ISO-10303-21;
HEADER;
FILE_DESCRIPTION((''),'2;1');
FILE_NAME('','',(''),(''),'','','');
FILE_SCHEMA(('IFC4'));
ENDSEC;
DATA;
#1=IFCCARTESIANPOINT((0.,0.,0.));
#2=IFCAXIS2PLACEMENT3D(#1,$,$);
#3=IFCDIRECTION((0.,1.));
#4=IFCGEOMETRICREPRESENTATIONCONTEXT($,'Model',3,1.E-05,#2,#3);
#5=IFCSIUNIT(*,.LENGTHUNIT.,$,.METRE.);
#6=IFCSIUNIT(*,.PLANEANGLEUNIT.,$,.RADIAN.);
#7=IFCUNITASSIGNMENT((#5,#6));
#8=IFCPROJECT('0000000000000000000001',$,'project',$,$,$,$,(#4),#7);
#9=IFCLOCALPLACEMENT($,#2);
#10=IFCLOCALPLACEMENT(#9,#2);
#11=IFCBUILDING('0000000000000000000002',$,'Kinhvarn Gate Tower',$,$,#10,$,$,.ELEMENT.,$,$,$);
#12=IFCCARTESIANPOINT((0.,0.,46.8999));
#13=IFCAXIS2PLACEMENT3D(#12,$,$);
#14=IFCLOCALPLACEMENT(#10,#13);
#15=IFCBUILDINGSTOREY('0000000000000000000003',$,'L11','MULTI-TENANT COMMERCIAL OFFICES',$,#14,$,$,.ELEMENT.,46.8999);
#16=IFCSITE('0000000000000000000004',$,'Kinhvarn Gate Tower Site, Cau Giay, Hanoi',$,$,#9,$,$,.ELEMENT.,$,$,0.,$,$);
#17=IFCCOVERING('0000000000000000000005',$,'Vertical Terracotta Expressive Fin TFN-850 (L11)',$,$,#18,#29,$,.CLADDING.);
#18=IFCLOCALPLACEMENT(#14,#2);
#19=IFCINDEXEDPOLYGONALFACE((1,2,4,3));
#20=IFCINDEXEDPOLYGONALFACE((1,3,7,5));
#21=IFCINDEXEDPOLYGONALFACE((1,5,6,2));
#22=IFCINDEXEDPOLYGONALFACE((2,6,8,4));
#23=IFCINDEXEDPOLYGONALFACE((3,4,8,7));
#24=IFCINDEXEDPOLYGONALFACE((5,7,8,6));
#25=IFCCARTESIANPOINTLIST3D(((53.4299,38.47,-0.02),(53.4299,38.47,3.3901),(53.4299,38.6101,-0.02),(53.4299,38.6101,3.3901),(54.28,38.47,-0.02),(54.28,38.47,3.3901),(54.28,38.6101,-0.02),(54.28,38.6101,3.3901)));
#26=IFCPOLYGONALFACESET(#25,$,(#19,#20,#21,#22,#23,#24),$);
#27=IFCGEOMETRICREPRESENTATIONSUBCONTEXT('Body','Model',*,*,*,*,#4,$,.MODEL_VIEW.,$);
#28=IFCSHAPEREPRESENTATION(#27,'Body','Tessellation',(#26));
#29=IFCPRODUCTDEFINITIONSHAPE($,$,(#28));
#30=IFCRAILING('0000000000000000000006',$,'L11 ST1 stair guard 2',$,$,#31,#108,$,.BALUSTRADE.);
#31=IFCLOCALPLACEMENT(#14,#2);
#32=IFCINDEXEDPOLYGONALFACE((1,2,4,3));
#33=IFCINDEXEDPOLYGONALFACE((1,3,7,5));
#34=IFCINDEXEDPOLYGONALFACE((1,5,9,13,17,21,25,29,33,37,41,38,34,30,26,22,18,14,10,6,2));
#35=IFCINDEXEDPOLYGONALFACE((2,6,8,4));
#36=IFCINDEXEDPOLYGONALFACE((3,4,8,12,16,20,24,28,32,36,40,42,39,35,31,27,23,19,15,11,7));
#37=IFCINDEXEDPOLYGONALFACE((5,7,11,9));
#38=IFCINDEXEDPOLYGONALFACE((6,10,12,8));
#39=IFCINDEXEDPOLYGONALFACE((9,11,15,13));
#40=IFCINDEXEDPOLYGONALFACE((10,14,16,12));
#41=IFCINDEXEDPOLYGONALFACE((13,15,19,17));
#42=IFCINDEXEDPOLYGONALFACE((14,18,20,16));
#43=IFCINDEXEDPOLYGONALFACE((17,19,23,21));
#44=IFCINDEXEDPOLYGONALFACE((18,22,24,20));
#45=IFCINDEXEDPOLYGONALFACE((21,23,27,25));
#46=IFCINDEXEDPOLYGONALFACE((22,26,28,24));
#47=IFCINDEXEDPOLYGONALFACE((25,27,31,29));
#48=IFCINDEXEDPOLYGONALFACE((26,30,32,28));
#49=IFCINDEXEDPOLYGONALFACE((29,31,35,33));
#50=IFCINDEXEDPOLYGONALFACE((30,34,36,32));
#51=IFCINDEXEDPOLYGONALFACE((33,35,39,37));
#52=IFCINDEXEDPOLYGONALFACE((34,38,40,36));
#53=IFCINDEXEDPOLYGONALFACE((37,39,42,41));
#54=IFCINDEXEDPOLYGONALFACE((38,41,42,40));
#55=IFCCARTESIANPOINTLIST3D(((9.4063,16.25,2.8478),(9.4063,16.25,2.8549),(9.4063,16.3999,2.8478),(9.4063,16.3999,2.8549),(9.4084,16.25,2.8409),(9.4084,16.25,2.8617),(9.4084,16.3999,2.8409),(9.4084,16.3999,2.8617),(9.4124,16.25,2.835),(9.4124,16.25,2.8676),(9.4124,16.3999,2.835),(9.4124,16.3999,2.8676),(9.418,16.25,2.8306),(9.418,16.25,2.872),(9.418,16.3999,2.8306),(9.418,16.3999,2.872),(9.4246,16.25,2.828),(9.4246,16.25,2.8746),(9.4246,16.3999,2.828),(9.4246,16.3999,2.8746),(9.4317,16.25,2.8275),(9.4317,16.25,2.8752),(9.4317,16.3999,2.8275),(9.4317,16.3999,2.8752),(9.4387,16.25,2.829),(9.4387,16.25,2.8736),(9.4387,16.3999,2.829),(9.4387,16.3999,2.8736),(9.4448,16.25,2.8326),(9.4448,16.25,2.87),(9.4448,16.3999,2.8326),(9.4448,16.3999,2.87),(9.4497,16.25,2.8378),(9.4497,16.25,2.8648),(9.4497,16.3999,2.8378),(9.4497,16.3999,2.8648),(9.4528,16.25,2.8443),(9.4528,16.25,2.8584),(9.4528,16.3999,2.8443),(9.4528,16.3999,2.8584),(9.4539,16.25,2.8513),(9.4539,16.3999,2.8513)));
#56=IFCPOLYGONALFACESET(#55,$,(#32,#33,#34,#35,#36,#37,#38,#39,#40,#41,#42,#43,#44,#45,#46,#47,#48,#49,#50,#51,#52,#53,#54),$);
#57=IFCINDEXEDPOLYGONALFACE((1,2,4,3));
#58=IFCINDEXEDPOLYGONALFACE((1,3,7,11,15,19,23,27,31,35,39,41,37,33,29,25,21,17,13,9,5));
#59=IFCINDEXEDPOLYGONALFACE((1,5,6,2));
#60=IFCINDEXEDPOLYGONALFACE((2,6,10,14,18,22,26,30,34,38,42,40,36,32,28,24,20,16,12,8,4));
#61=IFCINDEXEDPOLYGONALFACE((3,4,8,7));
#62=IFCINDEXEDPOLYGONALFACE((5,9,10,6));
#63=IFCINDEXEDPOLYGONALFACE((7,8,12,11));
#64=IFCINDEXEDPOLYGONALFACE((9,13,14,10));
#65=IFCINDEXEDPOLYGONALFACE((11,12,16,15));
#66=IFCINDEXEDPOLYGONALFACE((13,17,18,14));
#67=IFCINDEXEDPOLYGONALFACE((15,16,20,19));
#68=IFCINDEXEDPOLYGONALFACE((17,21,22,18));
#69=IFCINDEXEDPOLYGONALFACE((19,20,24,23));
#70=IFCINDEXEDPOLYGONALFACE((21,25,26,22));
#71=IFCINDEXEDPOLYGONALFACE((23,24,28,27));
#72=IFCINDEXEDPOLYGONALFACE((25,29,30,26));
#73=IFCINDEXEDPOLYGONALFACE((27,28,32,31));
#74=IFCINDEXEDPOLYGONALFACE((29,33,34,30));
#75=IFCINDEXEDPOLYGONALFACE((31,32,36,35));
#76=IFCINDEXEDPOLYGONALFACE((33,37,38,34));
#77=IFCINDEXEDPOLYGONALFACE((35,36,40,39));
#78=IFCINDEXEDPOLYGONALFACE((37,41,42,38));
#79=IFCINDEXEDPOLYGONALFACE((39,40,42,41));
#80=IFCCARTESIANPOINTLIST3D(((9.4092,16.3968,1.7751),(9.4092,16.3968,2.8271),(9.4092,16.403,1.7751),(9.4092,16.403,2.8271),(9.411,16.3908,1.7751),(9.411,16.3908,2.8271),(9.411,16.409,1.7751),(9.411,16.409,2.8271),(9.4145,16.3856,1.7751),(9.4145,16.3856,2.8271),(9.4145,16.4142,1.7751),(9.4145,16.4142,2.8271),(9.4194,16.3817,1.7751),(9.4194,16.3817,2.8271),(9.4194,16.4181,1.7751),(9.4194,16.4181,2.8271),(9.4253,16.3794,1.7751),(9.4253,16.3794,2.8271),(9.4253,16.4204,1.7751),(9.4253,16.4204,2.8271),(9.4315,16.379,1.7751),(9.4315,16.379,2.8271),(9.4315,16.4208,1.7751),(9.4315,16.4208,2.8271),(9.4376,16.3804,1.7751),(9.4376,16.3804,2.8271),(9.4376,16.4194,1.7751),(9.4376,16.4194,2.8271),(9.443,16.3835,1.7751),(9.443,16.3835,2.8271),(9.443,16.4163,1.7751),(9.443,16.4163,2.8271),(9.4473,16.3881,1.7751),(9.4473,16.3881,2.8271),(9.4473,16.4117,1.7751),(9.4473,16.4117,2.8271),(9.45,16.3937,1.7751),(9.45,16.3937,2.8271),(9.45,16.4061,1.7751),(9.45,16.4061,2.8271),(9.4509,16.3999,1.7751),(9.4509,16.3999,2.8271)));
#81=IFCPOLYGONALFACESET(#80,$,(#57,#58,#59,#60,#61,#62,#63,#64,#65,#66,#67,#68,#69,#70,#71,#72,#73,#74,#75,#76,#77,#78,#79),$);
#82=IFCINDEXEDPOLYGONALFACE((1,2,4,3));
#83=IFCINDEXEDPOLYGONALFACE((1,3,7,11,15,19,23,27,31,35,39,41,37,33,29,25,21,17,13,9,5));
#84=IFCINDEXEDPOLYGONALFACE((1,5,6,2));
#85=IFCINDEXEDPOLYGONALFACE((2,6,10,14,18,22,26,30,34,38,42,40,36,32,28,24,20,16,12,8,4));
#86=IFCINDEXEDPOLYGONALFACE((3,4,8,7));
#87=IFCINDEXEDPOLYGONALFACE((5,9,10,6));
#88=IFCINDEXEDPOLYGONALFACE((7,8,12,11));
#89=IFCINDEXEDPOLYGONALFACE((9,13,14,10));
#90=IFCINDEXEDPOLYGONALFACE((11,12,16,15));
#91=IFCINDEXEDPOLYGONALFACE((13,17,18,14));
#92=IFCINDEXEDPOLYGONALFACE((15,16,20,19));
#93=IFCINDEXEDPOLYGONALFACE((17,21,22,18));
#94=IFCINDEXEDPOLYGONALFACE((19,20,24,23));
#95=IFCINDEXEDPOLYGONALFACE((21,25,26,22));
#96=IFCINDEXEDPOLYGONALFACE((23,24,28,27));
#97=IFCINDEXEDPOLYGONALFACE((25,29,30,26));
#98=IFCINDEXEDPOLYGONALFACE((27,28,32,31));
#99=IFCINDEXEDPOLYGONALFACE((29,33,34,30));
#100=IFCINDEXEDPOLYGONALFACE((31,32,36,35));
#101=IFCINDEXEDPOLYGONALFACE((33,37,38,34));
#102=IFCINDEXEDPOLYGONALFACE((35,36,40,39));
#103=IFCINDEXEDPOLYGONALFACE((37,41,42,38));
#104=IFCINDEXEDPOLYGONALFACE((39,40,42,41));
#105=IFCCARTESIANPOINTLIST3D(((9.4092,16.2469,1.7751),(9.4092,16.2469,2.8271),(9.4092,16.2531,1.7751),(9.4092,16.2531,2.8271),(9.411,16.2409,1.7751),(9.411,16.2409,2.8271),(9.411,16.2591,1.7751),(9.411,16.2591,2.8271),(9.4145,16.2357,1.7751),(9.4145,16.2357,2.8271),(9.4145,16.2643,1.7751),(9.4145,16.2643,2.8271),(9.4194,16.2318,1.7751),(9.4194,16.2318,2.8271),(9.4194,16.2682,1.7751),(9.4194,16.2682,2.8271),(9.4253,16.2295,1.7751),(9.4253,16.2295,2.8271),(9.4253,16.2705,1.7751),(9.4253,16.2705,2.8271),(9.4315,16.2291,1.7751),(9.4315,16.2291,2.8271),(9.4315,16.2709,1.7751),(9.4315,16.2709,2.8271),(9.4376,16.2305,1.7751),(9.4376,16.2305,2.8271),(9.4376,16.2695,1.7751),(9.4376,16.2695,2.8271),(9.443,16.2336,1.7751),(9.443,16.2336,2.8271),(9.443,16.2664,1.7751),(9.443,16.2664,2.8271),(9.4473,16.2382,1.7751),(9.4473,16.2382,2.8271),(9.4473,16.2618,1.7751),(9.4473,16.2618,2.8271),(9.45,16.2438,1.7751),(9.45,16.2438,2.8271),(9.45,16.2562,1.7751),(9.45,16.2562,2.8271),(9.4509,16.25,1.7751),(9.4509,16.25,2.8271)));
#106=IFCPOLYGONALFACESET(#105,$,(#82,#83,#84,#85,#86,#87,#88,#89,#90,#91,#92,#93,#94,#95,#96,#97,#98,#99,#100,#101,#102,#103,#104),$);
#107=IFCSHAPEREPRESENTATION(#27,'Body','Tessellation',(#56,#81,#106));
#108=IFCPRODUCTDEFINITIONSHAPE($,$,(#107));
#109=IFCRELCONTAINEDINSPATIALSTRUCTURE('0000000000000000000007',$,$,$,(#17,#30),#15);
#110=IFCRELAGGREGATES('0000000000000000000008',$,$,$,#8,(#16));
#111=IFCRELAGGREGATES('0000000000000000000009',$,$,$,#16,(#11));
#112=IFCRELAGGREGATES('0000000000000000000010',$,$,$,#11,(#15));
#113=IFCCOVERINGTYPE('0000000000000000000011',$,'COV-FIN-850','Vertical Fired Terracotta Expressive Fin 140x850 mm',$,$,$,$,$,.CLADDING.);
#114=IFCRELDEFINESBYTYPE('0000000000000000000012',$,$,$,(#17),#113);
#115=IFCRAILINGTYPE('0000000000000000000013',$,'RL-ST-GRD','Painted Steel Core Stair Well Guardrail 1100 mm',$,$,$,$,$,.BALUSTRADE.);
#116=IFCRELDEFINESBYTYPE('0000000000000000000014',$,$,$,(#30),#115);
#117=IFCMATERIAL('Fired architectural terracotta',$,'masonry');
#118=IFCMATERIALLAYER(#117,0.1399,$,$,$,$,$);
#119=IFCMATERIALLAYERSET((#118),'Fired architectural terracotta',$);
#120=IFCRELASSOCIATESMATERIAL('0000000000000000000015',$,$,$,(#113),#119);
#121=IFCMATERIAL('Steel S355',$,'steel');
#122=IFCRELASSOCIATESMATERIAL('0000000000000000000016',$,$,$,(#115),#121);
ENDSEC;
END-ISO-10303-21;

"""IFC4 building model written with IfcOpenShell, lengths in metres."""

from ifc_helpers import new_model, si_unit, direction, frame, origin, origin_2d, place, context, subcontext, project, spatial, polyline, circle, outline, extrude, material, layer, layer_set, type_object, element, save


model = new_model("IFC4")

# Units and contexts
model_context = context("Model", 3, precision=1e-05, world=origin(), true_north=direction((0.0, 1.0)))
body_context = subcontext(model_context, "Body", "Model", "MODEL_VIEW")
ifc_project = project(units=[si_unit("LENGTHUNIT", "METRE"), si_unit("PLANEANGLEUNIT", "RADIAN")], contexts=[model_context])

# Site, building, storey
site_placement = place(None, origin())
site = spatial("IfcSite", under=ifc_project, at=site_placement, Name="Kinhvarn Gate Tower Site, Cau Giay, Hanoi", CompositionType="ELEMENT", RefElevation=0.0)
building_placement = place(site_placement, origin())
building = spatial("IfcBuilding", under=site, at=building_placement, Name="Kinhvarn Gate Tower", CompositionType="ELEMENT")
storey_placement = place(building_placement, frame((0.0, 0.0, 46.8999)))
storey = spatial("IfcBuildingStorey", under=building, at=storey_placement, Name="L11", Description="MULTI-TENANT COMMERCIAL OFFICES", CompositionType="ELEMENT", Elevation=46.8999)

# Shared definitions
ifc_material_1 = material(Name="Steel S355", Category="steel")

# Shared definitions
ifc_material_2 = material(Name="Fired architectural terracotta", Category="masonry")

# Covering
ifc_layer_1 = layer(ifc_material_2, 0.1399)
ifc_layer_set_1 = layer_set([ifc_layer_1], Name="Fired architectural terracotta")
covering_type_1 = type_object("IfcCoveringType", Name="COV-FIN-850", Description="Vertical Fired Terracotta Expressive Fin 140x850 mm", PredefinedType="CLADDING", material=ifc_layer_set_1)
covering_1_placement = place(storey_placement, frame((0.0, 0.0, -0.02)))
element("IfcCovering", 1, at=covering_1_placement, inside=storey, type_object=covering_type_1, Name="Vertical Terracotta Expressive Fin TFN-850 (L11)", PredefinedType="CLADDING", context=body_context, shape_type="SweptSolid", body=[
    extrude(outline(polyline([(53.4299, 38.47), (53.4299, 38.6101), (54.28, 38.6101), (54.28, 38.47), (53.4299, 38.47)])), origin(), (0.0, 0.0, 1.0), 3.4102),
])

# Railing
railing_type_1 = type_object("IfcRailingType", Name="RL-ST-GRD", Description="Painted Steel Core Stair Well Guardrail 1100 mm", PredefinedType="BALUSTRADE", material=ifc_material_1)
railing_1_placement = place(storey_placement, frame((9.4299, 16.3999, 1.7751)))
element("IfcRailing", 2, at=railing_1_placement, inside=storey, type_object=railing_type_1, Name="L11 ST1 stair guard 2", PredefinedType="BALUSTRADE", context=body_context, shape_type="SweptSolid", body=[
    extrude(circle(Radius=0.0239, at=origin_2d()), frame((0.0, 0.0, 1.0762), z_axis=(0.0, -1.0, 0.0), x_axis=(1.0, 0.0, 0.0)), (0.0, 0.0, 1.0), 0.1499),
    extrude(circle(Radius=0.021, at=origin_2d()), origin(), (0.0, 0.0, 1.0), 1.052),
    extrude(circle(Radius=0.021, at=origin_2d()), frame((0.0, -0.1499, 0.0)), (0.0, 0.0, 1.0), 1.052),
])

save(model, "model.ifc")
